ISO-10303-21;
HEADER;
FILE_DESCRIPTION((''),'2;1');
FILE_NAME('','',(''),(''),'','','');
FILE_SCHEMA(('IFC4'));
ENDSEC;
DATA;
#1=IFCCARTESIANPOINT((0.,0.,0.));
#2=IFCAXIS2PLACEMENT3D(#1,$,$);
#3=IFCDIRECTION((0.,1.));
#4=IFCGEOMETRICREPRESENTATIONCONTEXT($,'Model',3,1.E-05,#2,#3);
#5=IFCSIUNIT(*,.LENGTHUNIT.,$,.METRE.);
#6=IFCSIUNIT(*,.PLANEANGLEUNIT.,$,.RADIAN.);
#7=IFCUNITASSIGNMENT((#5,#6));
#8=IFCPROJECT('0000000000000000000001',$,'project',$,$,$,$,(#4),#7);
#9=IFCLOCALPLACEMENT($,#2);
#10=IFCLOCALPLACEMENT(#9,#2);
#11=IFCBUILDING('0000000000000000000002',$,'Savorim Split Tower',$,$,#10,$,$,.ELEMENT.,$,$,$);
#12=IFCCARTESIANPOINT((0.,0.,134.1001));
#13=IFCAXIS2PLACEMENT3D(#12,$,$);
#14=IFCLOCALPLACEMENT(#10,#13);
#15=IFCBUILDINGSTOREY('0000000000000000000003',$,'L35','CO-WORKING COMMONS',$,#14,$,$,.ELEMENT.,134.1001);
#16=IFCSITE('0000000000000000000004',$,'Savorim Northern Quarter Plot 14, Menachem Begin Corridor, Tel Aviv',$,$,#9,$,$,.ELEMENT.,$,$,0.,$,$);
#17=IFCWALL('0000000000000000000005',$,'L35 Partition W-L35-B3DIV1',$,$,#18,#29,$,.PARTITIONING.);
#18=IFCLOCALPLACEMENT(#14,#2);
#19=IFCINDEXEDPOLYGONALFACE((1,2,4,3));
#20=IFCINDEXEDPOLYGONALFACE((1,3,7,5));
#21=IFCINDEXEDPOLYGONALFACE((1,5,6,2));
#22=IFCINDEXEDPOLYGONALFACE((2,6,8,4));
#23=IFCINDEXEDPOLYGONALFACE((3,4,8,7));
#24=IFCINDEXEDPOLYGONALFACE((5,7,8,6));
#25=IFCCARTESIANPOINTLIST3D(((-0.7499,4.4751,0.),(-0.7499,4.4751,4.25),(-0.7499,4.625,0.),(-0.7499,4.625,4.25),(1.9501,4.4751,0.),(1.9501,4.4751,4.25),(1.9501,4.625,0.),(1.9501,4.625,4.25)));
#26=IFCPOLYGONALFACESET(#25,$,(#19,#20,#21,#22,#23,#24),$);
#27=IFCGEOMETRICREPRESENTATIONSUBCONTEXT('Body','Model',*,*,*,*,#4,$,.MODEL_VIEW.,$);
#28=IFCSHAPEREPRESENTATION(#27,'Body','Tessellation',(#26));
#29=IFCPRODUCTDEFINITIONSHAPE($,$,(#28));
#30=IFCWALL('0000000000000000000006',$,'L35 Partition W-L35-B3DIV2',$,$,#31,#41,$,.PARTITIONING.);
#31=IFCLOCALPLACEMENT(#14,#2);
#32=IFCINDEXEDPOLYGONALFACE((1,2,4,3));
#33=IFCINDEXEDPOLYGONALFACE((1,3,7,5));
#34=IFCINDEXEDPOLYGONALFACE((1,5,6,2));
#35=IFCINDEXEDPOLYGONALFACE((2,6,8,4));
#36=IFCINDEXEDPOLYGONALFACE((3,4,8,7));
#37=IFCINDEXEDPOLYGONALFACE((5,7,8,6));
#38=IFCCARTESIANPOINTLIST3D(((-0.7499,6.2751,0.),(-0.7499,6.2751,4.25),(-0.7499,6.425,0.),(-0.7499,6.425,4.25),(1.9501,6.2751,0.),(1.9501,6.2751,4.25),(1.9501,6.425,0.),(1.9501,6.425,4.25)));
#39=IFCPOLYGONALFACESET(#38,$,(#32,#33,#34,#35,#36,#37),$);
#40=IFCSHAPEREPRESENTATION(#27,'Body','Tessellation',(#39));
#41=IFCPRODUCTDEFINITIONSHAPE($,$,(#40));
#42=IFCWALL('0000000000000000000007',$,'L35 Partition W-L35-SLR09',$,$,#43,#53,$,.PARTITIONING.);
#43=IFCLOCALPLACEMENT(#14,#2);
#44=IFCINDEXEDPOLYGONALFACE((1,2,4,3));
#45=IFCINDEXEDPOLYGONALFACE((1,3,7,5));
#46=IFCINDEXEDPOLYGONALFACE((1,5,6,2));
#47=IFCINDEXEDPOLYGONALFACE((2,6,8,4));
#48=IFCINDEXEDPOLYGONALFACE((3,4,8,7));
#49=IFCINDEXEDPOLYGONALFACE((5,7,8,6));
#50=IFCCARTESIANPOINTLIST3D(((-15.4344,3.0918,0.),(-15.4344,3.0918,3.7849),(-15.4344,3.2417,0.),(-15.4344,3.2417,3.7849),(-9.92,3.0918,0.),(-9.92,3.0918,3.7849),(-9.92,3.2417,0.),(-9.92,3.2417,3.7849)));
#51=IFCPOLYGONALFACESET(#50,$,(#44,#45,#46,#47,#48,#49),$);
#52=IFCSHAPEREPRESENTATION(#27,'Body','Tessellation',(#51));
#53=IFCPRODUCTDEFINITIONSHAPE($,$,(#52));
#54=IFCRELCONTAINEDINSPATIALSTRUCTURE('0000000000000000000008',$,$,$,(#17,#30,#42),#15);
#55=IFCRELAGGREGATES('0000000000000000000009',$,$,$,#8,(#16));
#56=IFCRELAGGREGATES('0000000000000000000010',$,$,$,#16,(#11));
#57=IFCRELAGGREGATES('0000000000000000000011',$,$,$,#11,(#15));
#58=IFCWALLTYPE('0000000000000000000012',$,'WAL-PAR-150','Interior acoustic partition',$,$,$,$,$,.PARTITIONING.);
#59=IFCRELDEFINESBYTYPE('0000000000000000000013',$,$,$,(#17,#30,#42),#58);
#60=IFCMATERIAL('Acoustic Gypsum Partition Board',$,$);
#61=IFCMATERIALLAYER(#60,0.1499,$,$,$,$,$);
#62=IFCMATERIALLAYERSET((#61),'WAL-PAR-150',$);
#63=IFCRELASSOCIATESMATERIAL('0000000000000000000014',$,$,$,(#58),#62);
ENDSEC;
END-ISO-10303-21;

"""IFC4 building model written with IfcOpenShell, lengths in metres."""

from ifc_helpers import new_model, si_unit, direction, frame, frame_2d, origin, place, context, subcontext, project, spatial, rectangle, extrude, material, layer, layer_set, type_object, element, save


model = new_model("IFC4")

# Units and contexts
model_context = context("Model", 3, precision=1e-05, world=origin(), true_north=direction((0.0, 1.0)))
body_context = subcontext(model_context, "Body", "Model", "MODEL_VIEW")
ifc_project = project(units=[si_unit("LENGTHUNIT", "METRE"), si_unit("PLANEANGLEUNIT", "RADIAN")], contexts=[model_context])

# Site, building, storey
site_placement = place(None, origin())
site = spatial("IfcSite", under=ifc_project, at=site_placement, Name="Savorim Northern Quarter Plot 14, Menachem Begin Corridor, Tel Aviv", CompositionType="ELEMENT", RefElevation=0.0)
building_placement = place(site_placement, origin())
building = spatial("IfcBuilding", under=site, at=building_placement, Name="Savorim Split Tower", CompositionType="ELEMENT")
storey_placement = place(building_placement, frame((0.0, 0.0, 134.1001)))
storey = spatial("IfcBuildingStorey", under=building, at=storey_placement, Name="L35", Description="CO-WORKING COMMONS", CompositionType="ELEMENT", Elevation=134.1001)

# Walls
ifc_material_1 = material(Name="Acoustic Gypsum Partition Board")
ifc_layer_1 = layer(ifc_material_1, 0.1499)
ifc_layer_set_1 = layer_set([ifc_layer_1], Name="WAL-PAR-150")
wall_type_1 = type_object("IfcWallType", Name="WAL-PAR-150", Description="Interior acoustic partition", PredefinedType="PARTITIONING", material=ifc_layer_set_1)
for number, where, z_axis, x_axis, name in (
    (1, (-0.75, 4.55, 0.0), (0.0, 0.0, 1.0), (1.0, 0.0, 0.0), "L35 Partition W-L35-B3DIV1"),
    (2, (-0.75, 6.3501, 0.0), (0.0, 0.0, 1.0), (1.0, 0.0, 0.0), "L35 Partition W-L35-B3DIV2"),
):
    element("IfcWall", number, at=place(storey_placement, frame(where, z_axis=z_axis, x_axis=x_axis)), inside=storey, type_object=wall_type_1, Name=name, PredefinedType="PARTITIONING", context=body_context, shape_type="SweptSolid", body=[
        extrude(rectangle(XDim=2.7, YDim=0.1499, at=frame_2d((1.3501, 0.0))), origin(), (0.0, 0.0, 1.0), 4.25),
    ])
wall_1_placement = place(storey_placement, frame((-9.9199, 3.1667, 0.0), z_axis=(0.0, 0.0, 1.0), x_axis=(-1.0, 0.0, 0.0)))
element("IfcWall", 3, at=wall_1_placement, inside=storey, type_object=wall_type_1, Name="L35 Partition W-L35-SLR09", PredefinedType="PARTITIONING", context=body_context, shape_type="SweptSolid", body=[
    extrude(rectangle(XDim=5.5144, YDim=0.1499, at=frame_2d((2.7573, 0.0))), origin(), (0.0, 0.0, 1.0), 3.7849),
])

save(model, "model.ifc")
